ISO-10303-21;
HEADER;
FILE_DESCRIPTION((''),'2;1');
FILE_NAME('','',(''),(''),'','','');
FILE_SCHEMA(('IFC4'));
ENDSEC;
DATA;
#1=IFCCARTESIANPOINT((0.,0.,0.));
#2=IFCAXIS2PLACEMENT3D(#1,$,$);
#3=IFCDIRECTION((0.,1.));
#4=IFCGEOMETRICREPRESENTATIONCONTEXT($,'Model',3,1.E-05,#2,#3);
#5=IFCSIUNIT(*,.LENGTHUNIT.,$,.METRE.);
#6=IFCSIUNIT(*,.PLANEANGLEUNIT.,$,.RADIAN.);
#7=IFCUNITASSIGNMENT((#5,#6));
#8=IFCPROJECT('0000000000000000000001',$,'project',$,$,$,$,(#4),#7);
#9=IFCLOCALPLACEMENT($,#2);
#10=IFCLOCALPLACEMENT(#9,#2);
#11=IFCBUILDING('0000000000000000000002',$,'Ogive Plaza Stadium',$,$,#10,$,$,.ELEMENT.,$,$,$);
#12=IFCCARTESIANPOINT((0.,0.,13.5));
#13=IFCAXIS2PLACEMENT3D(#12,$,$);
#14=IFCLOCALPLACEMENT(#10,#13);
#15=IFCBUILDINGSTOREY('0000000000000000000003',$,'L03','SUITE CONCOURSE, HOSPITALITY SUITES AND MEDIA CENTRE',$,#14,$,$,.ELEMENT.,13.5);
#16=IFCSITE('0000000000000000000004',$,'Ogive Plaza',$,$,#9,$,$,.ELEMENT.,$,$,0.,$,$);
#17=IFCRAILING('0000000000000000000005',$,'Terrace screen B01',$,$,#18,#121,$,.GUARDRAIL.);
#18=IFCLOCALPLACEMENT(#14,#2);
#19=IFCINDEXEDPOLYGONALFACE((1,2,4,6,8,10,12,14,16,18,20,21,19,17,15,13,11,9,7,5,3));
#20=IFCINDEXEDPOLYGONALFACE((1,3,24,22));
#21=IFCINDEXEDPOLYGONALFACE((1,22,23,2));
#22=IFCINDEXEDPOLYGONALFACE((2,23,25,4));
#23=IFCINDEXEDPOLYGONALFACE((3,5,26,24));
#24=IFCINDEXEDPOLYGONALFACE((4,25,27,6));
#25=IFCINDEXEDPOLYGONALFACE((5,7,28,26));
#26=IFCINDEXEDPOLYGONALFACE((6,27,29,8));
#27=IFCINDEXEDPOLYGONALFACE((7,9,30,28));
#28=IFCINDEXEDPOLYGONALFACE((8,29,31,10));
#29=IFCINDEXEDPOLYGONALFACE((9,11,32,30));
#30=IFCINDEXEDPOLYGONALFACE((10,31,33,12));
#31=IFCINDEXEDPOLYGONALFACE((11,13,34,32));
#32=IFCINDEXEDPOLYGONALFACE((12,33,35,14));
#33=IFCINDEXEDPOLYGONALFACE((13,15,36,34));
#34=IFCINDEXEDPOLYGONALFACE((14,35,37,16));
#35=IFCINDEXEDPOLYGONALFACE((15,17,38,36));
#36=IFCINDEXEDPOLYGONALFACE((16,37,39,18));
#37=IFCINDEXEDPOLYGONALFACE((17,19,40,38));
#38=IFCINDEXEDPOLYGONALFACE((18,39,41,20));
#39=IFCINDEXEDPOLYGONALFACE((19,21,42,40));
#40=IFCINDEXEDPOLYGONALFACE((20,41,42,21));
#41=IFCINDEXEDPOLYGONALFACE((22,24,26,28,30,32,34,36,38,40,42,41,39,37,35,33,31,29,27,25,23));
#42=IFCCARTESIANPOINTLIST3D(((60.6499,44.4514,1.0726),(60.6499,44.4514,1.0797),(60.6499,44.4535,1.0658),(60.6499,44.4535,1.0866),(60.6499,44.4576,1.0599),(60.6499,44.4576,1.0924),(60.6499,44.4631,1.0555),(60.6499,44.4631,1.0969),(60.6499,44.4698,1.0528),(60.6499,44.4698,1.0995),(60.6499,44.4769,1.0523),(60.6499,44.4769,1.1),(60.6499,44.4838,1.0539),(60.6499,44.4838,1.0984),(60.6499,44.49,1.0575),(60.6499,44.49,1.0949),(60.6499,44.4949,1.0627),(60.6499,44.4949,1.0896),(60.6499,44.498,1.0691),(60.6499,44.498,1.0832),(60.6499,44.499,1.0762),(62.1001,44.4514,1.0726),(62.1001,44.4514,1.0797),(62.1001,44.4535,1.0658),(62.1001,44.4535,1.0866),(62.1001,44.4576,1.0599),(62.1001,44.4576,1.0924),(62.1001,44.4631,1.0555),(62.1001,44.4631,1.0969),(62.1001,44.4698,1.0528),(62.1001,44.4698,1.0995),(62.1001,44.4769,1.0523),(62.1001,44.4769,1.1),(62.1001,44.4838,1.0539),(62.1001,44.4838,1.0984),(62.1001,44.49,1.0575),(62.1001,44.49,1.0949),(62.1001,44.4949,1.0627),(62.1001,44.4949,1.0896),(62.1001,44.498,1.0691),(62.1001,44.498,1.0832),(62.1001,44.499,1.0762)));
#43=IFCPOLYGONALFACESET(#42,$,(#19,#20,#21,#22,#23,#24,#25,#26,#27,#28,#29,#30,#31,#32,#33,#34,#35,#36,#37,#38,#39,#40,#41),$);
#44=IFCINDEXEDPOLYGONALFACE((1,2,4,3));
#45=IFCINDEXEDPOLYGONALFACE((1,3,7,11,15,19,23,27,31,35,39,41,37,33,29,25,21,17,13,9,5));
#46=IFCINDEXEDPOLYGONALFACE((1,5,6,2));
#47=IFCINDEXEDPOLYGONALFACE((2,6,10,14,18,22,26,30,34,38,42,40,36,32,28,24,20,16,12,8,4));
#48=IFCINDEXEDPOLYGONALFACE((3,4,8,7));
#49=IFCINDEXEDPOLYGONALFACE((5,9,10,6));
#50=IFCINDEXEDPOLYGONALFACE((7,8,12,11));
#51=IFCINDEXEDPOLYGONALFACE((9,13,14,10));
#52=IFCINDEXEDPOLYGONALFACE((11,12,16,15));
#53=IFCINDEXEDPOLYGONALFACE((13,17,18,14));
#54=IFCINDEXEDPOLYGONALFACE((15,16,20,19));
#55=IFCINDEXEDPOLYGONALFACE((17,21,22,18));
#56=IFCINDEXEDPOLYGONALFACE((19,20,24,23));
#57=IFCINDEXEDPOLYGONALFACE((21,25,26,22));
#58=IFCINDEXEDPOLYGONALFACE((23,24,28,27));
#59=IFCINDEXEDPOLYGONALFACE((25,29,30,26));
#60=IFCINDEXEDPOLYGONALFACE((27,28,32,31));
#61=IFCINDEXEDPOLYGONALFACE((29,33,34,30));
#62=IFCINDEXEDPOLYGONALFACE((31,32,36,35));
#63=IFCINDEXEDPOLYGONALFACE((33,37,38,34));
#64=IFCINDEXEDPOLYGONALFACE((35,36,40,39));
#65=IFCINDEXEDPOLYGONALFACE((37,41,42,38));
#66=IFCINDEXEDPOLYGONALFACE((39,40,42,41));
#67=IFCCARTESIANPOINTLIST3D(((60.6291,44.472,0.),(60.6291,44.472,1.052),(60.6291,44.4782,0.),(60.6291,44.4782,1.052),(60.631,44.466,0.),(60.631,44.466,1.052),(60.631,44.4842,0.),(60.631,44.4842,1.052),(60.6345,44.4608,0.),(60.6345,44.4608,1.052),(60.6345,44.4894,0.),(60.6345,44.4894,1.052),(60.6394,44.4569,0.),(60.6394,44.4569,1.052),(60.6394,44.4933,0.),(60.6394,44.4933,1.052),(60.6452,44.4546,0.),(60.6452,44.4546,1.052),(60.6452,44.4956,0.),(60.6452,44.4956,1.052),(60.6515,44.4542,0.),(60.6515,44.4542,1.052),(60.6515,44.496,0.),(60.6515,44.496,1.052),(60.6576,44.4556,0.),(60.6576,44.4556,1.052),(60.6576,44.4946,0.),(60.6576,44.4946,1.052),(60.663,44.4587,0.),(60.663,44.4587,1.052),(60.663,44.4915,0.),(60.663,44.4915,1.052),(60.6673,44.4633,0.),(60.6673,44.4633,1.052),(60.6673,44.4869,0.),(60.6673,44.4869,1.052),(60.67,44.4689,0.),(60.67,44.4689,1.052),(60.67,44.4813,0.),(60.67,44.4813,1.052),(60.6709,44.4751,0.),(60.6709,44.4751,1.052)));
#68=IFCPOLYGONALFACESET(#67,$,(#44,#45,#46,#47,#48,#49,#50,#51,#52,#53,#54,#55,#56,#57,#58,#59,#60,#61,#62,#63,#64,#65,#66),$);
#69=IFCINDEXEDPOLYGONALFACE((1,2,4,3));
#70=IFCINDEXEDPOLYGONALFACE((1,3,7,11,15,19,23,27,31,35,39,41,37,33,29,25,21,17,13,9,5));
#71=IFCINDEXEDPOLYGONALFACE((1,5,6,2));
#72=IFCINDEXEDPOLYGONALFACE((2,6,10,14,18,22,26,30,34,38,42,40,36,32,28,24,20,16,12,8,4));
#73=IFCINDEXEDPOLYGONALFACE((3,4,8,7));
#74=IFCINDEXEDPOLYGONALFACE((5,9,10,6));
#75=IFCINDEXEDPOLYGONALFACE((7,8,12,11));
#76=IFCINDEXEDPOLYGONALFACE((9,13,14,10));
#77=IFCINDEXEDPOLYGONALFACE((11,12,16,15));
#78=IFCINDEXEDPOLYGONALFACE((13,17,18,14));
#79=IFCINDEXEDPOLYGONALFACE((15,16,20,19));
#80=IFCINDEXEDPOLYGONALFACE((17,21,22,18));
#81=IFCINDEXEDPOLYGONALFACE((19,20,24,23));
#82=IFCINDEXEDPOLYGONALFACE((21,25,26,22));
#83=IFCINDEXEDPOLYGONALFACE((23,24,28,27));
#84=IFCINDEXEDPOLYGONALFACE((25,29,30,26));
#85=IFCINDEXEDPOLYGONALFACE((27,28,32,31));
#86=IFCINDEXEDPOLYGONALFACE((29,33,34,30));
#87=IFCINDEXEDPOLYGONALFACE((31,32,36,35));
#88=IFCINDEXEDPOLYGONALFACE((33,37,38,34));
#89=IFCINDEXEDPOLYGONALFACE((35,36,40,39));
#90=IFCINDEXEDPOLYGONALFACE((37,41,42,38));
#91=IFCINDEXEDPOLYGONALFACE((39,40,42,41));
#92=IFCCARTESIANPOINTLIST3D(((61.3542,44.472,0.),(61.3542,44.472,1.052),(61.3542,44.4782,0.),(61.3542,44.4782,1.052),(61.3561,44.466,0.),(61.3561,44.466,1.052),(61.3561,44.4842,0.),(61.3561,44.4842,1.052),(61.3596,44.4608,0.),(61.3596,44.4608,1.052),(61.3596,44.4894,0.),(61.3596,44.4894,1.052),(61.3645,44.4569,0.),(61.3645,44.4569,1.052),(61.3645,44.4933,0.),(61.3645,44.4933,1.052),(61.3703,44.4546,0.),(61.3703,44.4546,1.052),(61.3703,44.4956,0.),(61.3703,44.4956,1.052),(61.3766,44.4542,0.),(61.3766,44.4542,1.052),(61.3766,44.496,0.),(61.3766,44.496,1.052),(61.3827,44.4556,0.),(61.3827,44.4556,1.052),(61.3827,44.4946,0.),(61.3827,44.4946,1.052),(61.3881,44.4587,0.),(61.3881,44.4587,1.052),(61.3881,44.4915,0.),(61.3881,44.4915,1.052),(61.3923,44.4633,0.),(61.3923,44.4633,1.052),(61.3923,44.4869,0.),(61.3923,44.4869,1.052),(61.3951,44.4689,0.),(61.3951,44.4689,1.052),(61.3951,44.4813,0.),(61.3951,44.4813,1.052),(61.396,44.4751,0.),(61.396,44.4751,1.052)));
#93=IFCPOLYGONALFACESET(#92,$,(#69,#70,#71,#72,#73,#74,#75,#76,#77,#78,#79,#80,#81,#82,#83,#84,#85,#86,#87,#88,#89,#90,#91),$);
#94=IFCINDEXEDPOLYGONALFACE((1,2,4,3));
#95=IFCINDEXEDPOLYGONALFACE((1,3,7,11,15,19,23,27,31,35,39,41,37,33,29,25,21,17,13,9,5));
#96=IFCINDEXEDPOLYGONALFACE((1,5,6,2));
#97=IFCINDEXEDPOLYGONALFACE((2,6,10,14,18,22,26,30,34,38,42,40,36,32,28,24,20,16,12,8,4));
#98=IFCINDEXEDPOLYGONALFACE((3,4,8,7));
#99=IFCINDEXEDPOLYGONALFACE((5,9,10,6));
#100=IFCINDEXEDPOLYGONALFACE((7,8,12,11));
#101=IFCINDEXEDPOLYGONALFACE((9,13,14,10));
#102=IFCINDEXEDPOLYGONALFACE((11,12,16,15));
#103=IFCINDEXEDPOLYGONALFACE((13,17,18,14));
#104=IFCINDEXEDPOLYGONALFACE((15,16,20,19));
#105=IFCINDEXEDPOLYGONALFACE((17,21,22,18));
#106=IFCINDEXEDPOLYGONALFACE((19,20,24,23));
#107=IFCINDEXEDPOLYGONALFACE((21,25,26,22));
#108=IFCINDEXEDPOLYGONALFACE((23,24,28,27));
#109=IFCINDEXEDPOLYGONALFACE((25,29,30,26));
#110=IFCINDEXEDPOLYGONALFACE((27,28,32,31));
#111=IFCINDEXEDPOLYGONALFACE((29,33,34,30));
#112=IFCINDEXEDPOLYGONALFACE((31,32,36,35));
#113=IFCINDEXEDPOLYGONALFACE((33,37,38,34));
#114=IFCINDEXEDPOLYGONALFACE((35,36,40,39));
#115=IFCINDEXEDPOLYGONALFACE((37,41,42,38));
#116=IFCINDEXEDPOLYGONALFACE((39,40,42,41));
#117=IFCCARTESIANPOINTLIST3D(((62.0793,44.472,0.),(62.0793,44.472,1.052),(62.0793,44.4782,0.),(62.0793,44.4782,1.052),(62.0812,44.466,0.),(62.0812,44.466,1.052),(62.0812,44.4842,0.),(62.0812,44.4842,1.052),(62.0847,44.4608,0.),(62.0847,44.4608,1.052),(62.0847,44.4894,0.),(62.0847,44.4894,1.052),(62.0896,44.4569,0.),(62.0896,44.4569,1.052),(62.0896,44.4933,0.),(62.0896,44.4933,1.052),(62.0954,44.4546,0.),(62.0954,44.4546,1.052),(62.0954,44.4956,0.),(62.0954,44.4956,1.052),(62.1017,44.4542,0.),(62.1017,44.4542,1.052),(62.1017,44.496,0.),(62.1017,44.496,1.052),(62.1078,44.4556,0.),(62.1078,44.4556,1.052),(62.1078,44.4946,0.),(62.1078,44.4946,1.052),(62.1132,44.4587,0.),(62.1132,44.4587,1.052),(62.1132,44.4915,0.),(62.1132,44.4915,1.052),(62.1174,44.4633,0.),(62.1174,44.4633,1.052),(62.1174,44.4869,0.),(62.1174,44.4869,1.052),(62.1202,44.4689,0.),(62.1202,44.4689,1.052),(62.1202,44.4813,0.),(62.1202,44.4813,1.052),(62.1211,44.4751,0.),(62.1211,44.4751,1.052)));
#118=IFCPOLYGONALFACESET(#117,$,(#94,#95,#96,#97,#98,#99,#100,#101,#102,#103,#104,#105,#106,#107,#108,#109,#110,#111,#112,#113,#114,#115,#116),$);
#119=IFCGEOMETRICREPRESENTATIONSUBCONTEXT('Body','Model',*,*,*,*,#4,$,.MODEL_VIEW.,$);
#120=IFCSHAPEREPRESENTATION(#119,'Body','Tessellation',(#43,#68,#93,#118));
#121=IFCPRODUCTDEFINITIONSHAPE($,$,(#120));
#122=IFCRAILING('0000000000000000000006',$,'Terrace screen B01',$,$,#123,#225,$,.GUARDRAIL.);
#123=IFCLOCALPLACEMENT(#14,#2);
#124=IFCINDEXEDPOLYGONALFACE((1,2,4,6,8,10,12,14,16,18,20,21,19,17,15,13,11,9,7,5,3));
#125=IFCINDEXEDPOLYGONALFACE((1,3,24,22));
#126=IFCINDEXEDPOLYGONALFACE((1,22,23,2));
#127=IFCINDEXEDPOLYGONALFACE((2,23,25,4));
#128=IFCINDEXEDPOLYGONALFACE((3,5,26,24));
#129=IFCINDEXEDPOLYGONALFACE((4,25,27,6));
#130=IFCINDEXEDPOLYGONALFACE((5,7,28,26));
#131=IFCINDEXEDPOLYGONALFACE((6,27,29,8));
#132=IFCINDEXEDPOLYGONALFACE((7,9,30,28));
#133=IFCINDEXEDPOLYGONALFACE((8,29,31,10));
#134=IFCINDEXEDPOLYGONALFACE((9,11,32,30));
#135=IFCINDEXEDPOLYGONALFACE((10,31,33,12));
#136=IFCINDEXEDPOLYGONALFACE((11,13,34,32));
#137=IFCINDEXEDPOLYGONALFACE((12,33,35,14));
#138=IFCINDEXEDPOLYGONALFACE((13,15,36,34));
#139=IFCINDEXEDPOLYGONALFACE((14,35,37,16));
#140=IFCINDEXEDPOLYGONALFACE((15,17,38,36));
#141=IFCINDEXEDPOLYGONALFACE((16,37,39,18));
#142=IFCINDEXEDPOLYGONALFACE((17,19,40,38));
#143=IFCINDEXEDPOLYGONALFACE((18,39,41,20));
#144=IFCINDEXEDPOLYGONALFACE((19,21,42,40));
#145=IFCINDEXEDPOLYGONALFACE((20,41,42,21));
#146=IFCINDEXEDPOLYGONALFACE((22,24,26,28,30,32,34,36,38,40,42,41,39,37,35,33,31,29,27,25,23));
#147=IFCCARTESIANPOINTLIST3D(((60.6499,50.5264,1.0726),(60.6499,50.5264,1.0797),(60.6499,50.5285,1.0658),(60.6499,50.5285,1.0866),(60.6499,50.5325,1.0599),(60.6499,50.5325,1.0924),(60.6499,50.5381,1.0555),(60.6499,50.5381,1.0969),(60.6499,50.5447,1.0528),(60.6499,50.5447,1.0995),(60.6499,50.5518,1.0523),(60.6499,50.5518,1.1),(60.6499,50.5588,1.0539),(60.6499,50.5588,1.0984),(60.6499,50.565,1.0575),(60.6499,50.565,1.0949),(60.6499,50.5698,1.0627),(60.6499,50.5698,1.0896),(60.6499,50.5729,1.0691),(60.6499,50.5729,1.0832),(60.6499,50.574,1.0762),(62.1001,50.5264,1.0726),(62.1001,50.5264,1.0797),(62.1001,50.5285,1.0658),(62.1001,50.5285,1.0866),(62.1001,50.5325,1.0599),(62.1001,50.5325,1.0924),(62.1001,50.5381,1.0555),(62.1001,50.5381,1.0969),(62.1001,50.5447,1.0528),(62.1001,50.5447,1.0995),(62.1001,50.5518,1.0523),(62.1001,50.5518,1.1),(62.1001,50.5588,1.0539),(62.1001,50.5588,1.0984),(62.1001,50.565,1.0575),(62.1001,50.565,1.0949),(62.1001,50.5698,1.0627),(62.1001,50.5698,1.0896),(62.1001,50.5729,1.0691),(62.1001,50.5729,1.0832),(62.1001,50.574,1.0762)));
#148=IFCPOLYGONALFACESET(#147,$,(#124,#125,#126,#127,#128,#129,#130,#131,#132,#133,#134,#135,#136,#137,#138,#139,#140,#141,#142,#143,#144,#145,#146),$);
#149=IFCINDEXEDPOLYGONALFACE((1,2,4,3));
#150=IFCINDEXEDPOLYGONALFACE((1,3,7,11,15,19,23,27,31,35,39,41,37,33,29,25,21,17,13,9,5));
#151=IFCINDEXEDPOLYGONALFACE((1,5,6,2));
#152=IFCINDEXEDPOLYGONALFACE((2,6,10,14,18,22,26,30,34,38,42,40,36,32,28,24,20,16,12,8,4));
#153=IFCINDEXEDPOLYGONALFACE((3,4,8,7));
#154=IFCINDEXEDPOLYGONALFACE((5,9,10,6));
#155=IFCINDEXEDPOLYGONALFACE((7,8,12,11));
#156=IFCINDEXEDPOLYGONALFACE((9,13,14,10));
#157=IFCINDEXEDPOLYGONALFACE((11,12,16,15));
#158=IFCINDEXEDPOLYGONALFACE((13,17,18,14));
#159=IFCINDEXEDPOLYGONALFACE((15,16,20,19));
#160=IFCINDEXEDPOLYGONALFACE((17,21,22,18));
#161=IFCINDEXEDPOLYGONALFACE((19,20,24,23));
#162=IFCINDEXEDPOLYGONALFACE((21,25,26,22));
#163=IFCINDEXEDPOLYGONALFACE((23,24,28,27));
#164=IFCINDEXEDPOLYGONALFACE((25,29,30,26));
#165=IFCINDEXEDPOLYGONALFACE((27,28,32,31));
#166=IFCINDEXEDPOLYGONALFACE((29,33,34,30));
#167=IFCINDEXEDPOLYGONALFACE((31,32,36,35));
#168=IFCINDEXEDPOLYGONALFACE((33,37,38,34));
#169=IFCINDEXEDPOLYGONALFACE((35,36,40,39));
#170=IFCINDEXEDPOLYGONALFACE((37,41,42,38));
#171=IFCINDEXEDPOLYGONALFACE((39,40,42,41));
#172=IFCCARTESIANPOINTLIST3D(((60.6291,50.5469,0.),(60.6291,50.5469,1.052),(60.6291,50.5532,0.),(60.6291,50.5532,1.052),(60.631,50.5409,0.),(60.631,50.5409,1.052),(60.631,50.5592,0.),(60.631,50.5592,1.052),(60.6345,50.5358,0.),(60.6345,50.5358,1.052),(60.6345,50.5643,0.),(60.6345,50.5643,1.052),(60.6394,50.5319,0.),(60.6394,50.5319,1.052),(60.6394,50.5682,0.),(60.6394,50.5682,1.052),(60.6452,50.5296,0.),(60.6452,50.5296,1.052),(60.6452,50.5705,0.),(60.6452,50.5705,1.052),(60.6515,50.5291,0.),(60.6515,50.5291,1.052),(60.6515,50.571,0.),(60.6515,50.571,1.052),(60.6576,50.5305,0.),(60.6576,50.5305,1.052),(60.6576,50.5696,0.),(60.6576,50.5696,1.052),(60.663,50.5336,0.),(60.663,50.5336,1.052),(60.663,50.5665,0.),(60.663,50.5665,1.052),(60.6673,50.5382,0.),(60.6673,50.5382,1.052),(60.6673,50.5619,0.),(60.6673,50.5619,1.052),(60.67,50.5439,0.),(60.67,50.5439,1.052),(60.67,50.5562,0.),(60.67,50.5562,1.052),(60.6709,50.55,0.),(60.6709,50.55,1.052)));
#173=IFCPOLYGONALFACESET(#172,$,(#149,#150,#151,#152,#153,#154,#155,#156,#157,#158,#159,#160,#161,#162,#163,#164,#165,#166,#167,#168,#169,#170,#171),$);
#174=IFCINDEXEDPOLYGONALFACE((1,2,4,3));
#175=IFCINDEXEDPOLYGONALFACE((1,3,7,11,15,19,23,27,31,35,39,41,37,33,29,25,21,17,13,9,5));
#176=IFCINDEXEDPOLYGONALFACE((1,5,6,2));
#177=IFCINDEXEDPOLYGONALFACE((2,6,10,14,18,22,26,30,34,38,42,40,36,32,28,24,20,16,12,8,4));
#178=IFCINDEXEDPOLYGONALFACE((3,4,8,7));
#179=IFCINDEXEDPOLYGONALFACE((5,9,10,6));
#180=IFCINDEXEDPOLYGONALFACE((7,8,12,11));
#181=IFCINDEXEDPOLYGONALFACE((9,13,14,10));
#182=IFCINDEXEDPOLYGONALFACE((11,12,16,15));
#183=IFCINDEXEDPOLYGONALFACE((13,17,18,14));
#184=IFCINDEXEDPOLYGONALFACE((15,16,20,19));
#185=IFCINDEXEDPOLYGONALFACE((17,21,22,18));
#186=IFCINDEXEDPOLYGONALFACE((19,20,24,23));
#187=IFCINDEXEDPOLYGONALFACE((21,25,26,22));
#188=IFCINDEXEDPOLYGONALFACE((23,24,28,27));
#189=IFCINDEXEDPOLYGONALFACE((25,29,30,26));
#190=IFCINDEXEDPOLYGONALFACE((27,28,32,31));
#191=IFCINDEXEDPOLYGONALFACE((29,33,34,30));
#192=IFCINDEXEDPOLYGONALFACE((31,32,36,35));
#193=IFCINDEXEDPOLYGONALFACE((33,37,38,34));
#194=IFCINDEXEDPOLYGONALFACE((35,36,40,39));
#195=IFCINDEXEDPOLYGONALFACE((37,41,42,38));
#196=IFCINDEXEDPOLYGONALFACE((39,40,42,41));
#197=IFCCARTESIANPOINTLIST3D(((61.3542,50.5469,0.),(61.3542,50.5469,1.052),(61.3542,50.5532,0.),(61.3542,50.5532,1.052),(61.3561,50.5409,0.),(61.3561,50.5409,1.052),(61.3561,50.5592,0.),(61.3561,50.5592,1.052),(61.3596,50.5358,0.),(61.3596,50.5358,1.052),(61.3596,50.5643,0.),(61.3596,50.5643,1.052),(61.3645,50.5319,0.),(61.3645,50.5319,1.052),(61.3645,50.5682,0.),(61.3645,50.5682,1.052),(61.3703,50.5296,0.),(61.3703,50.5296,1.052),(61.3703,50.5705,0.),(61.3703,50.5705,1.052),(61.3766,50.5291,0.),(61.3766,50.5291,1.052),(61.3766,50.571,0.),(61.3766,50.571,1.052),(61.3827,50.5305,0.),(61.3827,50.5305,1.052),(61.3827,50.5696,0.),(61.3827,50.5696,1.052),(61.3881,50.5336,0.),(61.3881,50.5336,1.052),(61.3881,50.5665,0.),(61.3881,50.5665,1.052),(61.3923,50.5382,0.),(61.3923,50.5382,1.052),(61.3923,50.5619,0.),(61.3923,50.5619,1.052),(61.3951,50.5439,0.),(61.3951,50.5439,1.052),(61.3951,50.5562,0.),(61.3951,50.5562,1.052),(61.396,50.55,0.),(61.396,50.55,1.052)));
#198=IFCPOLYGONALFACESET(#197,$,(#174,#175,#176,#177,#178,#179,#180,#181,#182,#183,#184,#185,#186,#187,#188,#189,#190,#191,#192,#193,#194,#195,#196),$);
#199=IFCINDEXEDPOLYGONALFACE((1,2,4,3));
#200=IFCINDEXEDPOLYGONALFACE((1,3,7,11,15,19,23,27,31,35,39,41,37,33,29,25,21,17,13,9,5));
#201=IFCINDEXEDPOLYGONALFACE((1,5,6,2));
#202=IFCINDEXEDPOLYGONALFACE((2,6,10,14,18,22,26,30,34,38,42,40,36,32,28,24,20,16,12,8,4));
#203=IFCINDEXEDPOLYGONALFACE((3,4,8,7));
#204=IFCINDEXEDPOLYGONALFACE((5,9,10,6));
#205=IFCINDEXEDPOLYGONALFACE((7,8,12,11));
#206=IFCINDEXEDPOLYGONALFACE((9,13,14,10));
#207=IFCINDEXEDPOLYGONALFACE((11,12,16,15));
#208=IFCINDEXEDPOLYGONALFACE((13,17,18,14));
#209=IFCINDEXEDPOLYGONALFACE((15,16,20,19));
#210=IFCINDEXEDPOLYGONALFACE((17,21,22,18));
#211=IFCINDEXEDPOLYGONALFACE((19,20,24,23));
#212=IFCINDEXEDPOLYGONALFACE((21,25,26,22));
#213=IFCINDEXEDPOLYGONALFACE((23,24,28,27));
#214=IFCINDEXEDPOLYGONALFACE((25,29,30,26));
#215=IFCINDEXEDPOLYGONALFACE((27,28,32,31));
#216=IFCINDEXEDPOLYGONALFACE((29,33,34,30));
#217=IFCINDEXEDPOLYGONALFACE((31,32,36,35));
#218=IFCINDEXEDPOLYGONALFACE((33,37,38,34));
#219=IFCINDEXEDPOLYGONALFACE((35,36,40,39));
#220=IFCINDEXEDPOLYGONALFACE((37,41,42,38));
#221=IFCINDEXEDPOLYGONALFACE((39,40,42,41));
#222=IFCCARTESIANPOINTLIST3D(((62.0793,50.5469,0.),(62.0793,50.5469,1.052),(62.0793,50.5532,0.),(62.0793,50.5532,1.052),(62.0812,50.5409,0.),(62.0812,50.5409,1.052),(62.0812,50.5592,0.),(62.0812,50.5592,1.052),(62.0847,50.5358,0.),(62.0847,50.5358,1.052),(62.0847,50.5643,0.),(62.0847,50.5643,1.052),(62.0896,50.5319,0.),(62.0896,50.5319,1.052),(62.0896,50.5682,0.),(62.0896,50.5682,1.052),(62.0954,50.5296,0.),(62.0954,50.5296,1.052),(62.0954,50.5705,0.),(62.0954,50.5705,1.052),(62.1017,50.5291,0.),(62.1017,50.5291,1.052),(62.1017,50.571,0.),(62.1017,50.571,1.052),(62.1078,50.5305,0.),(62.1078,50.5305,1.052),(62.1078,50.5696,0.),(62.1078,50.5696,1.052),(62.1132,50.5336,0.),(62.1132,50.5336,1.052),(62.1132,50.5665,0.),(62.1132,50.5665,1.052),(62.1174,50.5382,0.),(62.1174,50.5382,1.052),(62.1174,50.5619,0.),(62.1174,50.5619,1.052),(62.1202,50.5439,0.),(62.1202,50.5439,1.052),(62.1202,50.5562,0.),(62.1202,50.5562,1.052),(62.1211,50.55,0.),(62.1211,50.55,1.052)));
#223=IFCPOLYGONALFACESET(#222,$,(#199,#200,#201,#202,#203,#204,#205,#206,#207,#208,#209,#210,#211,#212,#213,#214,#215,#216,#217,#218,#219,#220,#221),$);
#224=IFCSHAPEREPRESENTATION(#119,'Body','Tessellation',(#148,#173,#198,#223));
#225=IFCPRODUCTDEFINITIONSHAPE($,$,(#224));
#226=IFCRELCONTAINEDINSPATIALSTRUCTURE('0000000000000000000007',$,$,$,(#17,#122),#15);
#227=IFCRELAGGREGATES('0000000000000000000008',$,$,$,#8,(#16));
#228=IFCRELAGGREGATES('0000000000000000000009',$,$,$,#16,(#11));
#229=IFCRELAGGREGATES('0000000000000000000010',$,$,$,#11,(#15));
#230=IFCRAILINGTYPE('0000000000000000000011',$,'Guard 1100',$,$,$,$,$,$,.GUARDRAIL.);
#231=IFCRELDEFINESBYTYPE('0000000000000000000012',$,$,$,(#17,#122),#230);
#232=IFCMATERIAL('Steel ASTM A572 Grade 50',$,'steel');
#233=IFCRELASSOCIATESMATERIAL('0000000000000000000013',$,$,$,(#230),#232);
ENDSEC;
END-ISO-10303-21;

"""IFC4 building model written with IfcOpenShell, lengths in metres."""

from ifc_helpers import new_model, si_unit, direction, frame, origin, origin_2d, place, context, subcontext, project, spatial, circle, extrude, material, type_object, element, save


model = new_model("IFC4")

# Units and contexts
model_context = context("Model", 3, precision=1e-05, world=origin(), true_north=direction((0.0, 1.0)))
body_context = subcontext(model_context, "Body", "Model", "MODEL_VIEW")
ifc_project = project(units=[si_unit("LENGTHUNIT", "METRE"), si_unit("PLANEANGLEUNIT", "RADIAN")], contexts=[model_context])

# Site, building, storey
site_placement = place(None, origin())
site = spatial("IfcSite", under=ifc_project, at=site_placement, Name="Ogive Plaza", CompositionType="ELEMENT", RefElevation=0.0)
building_placement = place(site_placement, origin())
building = spatial("IfcBuilding", under=site, at=building_placement, Name="Ogive Plaza Stadium", CompositionType="ELEMENT")
storey_placement = place(building_placement, frame((0.0, 0.0, 13.5)))
storey = spatial("IfcBuildingStorey", under=building, at=storey_placement, Name="L03", Description="SUITE CONCOURSE, HOSPITALITY SUITES AND MEDIA CENTRE", CompositionType="ELEMENT", Elevation=13.5)

# Railings
ifc_material_1 = material(Name="Steel ASTM A572 Grade 50", Category="steel")
railing_type = type_object("IfcRailingType", Name="Guard 1100", PredefinedType="GUARDRAIL", material=ifc_material_1)
for number, where, name in (
    (1, (60.6499, 44.4751, 0.0), "Terrace screen B01"),
    (2, (60.6499, 50.55, 0.0), "Terrace screen B01"),
):
    element("IfcRailing", number, at=place(storey_placement, frame(where)), inside=storey, type_object=railing_type, Name=name, PredefinedType="GUARDRAIL", context=body_context, shape_type="SweptSolid", body=[
        extrude(circle(Radius=0.0239, at=origin_2d()), frame((0.0, 0.0, 1.0762), z_axis=(1.0, 0.0, 0.0), x_axis=(0.0, 1.0, 0.0)), (0.0, 0.0, 1.0), 1.4502),
        extrude(circle(Radius=0.021, at=origin_2d()), origin(), (0.0, 0.0, 1.0), 1.052),
        extrude(circle(Radius=0.021, at=origin_2d()), frame((0.7251, 0.0, 0.0)), (0.0, 0.0, 1.0), 1.052),
        extrude(circle(Radius=0.021, at=origin_2d()), frame((1.4502, 0.0, 0.0)), (0.0, 0.0, 1.0), 1.052),
    ])

save(model, "model.ifc")
